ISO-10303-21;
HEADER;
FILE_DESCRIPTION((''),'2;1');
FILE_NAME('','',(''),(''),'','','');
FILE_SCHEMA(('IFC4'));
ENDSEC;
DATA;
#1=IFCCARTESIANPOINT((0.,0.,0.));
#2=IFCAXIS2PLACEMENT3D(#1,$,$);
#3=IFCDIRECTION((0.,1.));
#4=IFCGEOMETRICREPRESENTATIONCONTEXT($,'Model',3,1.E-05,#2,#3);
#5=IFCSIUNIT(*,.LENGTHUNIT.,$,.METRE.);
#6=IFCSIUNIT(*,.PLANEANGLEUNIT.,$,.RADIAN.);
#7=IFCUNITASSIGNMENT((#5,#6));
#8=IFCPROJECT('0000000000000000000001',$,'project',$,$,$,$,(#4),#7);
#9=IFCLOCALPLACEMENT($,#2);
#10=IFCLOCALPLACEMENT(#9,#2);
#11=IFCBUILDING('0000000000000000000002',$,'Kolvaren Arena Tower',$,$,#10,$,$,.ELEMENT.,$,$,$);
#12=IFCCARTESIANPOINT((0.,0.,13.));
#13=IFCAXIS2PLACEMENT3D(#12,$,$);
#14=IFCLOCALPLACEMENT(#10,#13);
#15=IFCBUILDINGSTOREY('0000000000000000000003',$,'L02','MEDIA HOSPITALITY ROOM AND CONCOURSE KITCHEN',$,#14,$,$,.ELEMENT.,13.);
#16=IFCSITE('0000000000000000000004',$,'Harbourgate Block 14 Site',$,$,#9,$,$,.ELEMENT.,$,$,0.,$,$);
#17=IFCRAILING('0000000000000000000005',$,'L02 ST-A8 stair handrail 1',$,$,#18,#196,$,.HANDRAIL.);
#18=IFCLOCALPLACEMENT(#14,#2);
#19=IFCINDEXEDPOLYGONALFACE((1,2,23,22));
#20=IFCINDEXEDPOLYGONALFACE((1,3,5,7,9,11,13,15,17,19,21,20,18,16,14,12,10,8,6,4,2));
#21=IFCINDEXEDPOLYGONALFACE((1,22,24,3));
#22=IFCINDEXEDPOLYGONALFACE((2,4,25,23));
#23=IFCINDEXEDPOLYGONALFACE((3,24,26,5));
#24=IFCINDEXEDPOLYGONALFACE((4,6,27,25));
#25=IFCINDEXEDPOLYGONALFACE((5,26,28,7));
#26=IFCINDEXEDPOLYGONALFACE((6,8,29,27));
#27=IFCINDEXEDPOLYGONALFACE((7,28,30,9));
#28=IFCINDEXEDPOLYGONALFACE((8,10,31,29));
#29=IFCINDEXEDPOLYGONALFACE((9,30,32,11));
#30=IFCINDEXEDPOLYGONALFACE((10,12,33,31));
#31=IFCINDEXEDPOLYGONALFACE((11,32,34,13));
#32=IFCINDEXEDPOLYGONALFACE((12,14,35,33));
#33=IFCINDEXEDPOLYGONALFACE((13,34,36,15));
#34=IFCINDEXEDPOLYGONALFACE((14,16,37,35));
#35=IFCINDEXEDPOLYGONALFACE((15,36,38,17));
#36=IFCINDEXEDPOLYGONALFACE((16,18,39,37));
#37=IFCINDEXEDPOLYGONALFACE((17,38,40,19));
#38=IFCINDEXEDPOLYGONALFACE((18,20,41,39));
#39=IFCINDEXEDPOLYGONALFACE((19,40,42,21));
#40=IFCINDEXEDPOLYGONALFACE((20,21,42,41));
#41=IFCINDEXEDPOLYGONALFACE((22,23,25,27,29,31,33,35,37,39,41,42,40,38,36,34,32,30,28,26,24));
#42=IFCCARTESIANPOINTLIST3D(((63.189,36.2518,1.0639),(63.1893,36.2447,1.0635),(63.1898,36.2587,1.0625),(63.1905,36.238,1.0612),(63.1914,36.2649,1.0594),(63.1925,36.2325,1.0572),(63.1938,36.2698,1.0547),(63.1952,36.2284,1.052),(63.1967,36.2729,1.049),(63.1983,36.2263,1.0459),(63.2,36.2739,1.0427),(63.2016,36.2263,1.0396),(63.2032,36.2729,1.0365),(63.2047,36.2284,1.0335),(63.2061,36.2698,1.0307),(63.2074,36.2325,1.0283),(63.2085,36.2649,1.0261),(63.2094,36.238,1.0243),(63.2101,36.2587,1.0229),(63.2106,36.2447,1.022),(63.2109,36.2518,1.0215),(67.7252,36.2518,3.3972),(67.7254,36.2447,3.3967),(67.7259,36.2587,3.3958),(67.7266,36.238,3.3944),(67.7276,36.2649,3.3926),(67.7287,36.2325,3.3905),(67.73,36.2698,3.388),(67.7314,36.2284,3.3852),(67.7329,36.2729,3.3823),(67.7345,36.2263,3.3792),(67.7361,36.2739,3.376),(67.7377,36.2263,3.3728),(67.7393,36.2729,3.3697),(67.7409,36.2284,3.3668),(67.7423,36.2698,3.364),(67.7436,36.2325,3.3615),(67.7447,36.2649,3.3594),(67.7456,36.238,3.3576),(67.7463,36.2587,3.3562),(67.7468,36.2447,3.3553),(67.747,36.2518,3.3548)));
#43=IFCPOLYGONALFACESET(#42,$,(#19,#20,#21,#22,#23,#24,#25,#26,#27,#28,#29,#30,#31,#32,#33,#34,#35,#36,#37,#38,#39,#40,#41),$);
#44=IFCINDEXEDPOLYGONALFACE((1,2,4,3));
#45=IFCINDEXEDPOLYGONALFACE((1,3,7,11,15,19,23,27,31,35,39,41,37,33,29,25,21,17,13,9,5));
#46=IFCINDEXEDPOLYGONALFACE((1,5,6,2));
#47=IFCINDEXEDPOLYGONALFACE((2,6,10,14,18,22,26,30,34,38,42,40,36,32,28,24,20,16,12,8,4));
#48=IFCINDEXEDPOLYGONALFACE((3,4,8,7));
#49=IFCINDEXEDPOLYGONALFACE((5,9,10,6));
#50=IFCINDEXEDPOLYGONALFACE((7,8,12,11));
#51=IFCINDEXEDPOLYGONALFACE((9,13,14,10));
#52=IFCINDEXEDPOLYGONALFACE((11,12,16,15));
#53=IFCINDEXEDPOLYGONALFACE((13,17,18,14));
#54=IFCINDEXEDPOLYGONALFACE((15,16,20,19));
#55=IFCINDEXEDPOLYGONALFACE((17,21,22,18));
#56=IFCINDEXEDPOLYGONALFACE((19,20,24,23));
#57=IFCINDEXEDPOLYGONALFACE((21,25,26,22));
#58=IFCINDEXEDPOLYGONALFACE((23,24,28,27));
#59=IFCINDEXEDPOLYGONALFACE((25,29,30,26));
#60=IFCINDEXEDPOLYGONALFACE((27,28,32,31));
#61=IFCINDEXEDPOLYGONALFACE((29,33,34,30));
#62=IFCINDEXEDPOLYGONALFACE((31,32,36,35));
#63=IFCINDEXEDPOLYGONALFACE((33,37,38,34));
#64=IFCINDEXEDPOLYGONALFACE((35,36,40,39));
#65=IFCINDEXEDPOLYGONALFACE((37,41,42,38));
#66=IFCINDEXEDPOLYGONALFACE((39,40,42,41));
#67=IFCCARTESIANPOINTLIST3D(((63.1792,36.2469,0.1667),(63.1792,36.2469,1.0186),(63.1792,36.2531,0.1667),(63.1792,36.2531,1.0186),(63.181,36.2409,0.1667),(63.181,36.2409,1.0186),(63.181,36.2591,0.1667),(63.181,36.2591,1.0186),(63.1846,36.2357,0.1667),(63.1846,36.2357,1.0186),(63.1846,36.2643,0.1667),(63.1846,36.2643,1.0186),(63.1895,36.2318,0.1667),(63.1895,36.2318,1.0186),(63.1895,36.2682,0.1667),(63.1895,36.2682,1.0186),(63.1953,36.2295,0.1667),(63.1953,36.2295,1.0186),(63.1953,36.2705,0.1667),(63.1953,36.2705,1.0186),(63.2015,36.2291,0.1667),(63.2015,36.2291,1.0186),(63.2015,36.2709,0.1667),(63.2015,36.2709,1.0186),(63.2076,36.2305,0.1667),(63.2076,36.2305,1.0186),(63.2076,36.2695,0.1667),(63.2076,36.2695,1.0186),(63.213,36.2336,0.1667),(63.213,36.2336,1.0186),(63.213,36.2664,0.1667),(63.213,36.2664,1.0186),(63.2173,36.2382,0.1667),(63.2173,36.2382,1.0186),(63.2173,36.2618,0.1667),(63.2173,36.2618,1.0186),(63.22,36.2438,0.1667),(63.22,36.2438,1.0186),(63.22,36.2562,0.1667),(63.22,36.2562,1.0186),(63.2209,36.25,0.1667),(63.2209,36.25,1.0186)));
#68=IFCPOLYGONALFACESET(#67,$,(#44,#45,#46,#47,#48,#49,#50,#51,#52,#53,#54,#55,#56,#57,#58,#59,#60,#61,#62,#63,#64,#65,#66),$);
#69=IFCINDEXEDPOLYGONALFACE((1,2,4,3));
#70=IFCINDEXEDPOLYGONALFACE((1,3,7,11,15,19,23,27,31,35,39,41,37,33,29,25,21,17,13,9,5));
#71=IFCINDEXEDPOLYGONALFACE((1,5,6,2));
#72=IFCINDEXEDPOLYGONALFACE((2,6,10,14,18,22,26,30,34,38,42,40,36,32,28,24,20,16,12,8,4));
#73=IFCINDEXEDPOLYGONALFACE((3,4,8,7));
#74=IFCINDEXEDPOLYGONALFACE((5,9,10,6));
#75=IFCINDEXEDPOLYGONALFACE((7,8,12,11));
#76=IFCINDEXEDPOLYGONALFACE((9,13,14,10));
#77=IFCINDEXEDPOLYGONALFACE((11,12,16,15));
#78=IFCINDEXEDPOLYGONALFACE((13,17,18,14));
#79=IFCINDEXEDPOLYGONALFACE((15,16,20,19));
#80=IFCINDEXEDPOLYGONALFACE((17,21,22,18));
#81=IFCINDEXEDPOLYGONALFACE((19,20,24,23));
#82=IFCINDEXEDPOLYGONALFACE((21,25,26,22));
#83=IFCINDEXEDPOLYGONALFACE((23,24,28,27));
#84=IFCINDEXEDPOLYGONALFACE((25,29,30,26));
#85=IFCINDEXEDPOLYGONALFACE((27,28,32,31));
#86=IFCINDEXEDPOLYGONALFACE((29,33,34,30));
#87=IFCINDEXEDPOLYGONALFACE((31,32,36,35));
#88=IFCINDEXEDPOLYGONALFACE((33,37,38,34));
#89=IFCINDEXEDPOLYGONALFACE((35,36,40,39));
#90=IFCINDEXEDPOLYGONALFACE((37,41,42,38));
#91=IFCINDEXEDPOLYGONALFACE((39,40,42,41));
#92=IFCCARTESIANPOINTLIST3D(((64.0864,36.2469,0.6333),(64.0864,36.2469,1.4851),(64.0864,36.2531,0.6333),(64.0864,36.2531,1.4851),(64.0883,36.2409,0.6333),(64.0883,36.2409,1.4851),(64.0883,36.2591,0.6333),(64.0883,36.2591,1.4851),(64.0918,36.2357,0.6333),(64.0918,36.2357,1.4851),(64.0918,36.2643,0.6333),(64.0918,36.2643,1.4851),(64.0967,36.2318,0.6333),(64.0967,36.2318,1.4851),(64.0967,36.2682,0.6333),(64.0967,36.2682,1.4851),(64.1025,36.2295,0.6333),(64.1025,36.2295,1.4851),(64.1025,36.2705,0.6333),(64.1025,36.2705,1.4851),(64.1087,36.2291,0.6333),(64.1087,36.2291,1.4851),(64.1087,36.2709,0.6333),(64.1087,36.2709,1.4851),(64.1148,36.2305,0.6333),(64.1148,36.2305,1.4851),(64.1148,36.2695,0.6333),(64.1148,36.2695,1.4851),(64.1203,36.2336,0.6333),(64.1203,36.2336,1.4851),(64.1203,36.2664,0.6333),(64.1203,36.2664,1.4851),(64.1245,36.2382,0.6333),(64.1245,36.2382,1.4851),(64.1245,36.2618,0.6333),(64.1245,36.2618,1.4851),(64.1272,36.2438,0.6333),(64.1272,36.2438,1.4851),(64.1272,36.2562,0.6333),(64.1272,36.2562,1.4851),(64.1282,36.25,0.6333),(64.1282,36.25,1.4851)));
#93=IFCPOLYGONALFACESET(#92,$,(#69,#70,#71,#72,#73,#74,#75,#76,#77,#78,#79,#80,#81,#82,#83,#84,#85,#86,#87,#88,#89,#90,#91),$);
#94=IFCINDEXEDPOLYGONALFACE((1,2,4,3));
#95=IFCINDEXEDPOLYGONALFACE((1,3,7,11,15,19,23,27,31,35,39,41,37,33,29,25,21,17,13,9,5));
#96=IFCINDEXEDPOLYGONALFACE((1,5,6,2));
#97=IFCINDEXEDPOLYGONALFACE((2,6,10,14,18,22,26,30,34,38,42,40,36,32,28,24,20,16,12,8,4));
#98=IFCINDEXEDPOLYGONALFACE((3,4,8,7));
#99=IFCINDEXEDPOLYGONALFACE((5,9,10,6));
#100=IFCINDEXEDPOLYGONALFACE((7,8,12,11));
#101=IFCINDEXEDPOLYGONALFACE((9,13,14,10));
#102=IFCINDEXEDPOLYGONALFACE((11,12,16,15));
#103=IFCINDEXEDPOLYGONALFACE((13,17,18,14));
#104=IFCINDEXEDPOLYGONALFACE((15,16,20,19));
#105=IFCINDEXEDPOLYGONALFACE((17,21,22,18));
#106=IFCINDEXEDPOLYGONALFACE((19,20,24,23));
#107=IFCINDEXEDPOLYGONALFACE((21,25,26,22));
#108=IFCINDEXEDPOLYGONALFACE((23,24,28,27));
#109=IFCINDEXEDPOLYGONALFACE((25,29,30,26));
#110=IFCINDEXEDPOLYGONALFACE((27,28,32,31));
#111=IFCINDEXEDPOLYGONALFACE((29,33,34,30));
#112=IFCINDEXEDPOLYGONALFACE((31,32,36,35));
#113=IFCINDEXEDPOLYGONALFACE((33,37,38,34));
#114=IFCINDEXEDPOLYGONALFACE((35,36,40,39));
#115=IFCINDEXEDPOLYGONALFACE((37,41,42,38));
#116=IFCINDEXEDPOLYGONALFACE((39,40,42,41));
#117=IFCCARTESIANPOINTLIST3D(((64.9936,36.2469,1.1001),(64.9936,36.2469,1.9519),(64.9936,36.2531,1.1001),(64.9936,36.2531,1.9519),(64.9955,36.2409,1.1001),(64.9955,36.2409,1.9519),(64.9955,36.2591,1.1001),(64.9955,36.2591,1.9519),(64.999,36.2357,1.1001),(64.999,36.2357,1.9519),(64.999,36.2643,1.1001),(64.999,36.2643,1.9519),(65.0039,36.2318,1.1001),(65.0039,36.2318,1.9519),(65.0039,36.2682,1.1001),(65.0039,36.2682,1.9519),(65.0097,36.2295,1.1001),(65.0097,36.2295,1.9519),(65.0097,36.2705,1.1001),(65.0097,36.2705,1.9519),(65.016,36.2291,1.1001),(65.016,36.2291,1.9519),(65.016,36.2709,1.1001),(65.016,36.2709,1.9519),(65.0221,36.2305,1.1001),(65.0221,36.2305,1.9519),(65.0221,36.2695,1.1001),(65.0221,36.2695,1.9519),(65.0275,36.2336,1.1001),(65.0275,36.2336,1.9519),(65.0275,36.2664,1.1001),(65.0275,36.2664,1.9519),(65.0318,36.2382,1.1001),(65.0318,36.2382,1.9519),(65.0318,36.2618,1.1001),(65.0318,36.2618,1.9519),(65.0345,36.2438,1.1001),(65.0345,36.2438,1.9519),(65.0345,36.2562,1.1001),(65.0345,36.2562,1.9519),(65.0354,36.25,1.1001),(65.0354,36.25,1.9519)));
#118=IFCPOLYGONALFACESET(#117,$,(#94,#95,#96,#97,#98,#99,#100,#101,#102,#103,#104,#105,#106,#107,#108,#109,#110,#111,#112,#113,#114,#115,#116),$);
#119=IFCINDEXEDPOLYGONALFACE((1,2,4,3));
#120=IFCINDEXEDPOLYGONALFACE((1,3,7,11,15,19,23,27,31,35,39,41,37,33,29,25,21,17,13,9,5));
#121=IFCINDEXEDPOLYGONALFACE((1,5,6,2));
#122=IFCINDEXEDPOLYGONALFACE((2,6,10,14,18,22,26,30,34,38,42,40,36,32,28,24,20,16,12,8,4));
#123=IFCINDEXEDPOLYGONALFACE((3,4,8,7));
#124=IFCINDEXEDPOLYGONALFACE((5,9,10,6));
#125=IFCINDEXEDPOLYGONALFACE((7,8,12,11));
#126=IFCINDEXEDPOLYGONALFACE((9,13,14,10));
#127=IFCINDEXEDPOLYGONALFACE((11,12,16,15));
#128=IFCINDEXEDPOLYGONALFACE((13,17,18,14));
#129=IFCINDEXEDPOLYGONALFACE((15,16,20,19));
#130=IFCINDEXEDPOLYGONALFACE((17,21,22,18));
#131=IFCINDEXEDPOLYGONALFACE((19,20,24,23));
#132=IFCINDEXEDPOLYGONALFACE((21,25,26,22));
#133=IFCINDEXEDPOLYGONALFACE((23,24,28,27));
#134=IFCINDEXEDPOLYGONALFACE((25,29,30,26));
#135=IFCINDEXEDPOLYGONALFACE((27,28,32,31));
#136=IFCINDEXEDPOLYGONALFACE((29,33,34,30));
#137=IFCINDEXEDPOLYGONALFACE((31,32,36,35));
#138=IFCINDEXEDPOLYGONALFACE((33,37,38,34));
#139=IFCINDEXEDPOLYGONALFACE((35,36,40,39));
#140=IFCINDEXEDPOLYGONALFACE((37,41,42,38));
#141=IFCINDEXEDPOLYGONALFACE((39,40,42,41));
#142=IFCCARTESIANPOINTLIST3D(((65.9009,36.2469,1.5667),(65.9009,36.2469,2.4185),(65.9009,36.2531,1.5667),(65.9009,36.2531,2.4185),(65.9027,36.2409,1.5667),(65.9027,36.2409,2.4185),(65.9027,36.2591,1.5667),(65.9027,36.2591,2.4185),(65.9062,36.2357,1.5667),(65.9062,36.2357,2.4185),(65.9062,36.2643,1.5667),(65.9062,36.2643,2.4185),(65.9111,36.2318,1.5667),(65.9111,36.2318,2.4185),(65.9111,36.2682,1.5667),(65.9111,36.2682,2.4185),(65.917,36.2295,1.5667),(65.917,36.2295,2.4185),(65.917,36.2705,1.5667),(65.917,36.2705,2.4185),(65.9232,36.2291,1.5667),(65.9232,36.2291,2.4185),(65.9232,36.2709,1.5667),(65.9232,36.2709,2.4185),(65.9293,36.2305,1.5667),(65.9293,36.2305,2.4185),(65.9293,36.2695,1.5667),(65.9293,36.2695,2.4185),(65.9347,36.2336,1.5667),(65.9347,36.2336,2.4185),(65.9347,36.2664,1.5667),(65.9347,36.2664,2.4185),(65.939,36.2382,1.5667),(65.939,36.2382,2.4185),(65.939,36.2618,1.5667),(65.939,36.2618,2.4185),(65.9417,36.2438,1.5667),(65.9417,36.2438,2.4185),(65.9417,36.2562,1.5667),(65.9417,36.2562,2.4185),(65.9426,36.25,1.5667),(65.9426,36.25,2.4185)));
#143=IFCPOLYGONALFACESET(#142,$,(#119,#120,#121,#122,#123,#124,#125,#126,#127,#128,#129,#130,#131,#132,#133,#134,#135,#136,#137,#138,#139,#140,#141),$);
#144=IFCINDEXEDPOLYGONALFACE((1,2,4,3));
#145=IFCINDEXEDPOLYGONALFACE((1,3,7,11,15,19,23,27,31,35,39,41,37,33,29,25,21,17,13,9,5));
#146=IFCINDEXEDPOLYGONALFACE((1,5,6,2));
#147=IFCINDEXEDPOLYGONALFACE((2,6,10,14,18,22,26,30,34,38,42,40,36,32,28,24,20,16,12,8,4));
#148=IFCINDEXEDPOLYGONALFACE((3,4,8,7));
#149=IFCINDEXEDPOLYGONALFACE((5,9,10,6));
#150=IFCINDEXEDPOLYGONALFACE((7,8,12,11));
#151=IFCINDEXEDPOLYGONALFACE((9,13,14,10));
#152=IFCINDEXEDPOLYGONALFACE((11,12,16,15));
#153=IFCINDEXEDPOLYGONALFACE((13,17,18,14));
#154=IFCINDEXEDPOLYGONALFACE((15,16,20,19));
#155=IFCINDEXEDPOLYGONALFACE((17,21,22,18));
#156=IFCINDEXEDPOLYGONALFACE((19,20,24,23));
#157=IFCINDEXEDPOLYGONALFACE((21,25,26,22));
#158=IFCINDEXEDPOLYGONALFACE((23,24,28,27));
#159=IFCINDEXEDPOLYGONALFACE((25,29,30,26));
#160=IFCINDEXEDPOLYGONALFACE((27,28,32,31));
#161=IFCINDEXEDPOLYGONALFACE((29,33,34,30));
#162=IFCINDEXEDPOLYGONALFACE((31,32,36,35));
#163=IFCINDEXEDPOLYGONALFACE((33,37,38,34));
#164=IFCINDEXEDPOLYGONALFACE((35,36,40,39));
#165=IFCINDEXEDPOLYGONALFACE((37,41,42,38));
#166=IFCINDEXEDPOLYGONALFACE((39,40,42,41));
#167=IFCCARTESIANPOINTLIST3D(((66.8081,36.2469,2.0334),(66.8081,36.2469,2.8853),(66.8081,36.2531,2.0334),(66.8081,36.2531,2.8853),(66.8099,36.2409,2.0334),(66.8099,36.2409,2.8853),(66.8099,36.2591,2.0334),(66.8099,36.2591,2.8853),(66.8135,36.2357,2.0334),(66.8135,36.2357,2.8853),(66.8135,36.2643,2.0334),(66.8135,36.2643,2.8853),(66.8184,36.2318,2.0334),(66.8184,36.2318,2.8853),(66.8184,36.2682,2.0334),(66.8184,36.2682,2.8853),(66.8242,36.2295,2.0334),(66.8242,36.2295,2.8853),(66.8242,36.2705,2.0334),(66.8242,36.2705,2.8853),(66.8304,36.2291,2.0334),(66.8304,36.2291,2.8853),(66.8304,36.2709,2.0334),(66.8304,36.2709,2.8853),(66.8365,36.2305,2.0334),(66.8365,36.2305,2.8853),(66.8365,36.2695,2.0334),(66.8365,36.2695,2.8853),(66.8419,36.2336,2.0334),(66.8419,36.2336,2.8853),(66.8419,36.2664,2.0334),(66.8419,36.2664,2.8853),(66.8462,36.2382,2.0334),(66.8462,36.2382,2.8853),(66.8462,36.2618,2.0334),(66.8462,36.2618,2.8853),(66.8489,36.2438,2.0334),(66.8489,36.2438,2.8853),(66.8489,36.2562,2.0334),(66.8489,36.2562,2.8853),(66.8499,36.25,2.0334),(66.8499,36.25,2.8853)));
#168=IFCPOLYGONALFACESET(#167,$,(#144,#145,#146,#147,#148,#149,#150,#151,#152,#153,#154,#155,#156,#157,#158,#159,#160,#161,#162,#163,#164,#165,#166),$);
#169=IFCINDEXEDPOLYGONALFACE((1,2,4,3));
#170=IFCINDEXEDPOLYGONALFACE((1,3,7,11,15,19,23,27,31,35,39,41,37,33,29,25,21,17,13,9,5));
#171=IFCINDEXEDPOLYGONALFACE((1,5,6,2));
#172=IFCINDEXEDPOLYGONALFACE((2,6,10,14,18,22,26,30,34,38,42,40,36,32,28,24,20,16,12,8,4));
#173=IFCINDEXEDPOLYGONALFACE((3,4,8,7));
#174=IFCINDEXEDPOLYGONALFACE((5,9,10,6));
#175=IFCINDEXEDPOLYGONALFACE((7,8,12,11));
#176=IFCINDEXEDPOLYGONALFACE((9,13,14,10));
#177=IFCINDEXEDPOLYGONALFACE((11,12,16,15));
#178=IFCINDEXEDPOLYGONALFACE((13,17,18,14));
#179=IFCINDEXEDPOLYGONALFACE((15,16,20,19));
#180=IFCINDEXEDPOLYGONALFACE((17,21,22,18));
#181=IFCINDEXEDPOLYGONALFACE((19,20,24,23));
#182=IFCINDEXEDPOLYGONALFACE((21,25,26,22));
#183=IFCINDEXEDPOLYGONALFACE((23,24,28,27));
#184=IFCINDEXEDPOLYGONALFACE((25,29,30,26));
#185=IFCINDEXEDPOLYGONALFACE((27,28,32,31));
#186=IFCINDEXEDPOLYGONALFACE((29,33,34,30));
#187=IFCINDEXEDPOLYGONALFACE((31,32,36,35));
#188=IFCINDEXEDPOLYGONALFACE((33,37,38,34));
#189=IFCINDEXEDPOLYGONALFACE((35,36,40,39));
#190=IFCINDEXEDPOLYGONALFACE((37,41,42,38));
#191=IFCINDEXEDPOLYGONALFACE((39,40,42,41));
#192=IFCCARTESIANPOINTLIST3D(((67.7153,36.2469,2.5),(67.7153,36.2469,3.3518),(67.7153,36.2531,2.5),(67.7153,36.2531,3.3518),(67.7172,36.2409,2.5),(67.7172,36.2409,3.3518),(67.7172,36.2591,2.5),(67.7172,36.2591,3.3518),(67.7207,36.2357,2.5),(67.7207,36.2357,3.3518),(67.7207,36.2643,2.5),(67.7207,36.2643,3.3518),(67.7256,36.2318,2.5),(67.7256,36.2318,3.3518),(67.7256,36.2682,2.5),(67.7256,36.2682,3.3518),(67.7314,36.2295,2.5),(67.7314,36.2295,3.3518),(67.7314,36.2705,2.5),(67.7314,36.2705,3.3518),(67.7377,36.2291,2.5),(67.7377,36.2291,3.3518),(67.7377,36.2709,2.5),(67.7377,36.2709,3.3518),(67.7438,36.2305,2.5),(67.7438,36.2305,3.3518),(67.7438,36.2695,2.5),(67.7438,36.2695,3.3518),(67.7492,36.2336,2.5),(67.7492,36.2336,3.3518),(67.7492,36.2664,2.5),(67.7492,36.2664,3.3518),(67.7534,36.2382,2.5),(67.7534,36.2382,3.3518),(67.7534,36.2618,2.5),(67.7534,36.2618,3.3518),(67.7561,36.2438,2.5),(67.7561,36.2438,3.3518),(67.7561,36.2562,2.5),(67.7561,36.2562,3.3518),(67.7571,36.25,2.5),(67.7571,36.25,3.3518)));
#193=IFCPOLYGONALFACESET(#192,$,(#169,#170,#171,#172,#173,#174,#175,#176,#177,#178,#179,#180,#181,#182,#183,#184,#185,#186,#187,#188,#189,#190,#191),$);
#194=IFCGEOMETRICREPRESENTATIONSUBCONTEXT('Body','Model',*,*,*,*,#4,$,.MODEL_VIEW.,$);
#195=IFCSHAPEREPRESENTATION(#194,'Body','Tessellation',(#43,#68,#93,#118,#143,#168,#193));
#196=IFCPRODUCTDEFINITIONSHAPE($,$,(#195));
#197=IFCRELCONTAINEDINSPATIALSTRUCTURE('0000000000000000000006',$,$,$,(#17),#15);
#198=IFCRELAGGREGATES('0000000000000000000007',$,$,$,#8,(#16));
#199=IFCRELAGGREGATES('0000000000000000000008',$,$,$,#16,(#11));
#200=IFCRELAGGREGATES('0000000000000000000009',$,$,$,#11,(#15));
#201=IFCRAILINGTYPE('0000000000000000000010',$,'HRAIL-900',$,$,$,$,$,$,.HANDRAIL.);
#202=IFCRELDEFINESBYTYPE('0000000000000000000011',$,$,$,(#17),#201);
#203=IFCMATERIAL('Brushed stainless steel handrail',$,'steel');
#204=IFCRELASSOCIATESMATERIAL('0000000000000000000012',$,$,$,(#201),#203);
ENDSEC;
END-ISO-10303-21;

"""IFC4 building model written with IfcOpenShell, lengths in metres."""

from ifc_helpers import new_model, si_unit, direction, frame, origin, origin_2d, place, context, subcontext, project, spatial, circle, extrude, material, type_object, element, save


model = new_model("IFC4")

# Units and contexts
model_context = context("Model", 3, precision=1e-05, world=origin(), true_north=direction((0.0, 1.0)))
body_context = subcontext(model_context, "Body", "Model", "MODEL_VIEW")
ifc_project = project(units=[si_unit("LENGTHUNIT", "METRE"), si_unit("PLANEANGLEUNIT", "RADIAN")], contexts=[model_context])

# Site, building, storey
site_placement = place(None, origin())
site = spatial("IfcSite", under=ifc_project, at=site_placement, Name="Harbourgate Block 14 Site", CompositionType="ELEMENT", RefElevation=0.0)
building_placement = place(site_placement, origin())
building = spatial("IfcBuilding", under=site, at=building_placement, Name="Kolvaren Arena Tower", CompositionType="ELEMENT")
storey_placement = place(building_placement, frame((0.0, 0.0, 13.0)))
storey = spatial("IfcBuildingStorey", under=building, at=storey_placement, Name="L02", Description="MEDIA HOSPITALITY ROOM AND CONCOURSE KITCHEN", CompositionType="ELEMENT", Elevation=13.0)

# Railing
ifc_material_1 = material(Name="Brushed stainless steel handrail", Category="steel")
railing_type_1 = type_object("IfcRailingType", Name="HRAIL-900", PredefinedType="HANDRAIL", material=ifc_material_1)
railing_1_placement = place(storey_placement, frame((63.2, 36.25, 0.1667)))
element("IfcRailing", 1, at=railing_1_placement, inside=storey, type_object=railing_type_1, Name="L02 ST-A8 stair handrail 1", PredefinedType="HANDRAIL", context=body_context, shape_type="SweptSolid", body=[
    extrude(circle(Radius=0.0239, at=origin_2d()), frame((0.0, 0.0, 0.876), z_axis=(0.889257, 0.0, 0.457407), x_axis=(0.0, 1.0, 0.0)), (0.0, 0.0, 1.0), 5.1011),
    extrude(circle(Radius=0.021, at=origin_2d()), origin(), (0.0, 0.0, 1.0), 0.8518),
    extrude(circle(Radius=0.021, at=origin_2d()), frame((0.9072, 0.0, 0.4666)), (0.0, 0.0, 1.0), 0.8518),
    extrude(circle(Radius=0.021, at=origin_2d()), frame((1.8145, 0.0, 0.9333)), (0.0, 0.0, 1.0), 0.8518),
    extrude(circle(Radius=0.021, at=origin_2d()), frame((2.7217, 0.0, 1.3999)), (0.0, 0.0, 1.0), 0.8518),
    extrude(circle(Radius=0.021, at=origin_2d()), frame((3.6289, 0.0, 1.8667)), (0.0, 0.0, 1.0), 0.8518),
    extrude(circle(Radius=0.021, at=origin_2d()), frame((4.5361, 0.0, 2.3333)), (0.0, 0.0, 1.0), 0.8518),
])

save(model, "model.ifc")
